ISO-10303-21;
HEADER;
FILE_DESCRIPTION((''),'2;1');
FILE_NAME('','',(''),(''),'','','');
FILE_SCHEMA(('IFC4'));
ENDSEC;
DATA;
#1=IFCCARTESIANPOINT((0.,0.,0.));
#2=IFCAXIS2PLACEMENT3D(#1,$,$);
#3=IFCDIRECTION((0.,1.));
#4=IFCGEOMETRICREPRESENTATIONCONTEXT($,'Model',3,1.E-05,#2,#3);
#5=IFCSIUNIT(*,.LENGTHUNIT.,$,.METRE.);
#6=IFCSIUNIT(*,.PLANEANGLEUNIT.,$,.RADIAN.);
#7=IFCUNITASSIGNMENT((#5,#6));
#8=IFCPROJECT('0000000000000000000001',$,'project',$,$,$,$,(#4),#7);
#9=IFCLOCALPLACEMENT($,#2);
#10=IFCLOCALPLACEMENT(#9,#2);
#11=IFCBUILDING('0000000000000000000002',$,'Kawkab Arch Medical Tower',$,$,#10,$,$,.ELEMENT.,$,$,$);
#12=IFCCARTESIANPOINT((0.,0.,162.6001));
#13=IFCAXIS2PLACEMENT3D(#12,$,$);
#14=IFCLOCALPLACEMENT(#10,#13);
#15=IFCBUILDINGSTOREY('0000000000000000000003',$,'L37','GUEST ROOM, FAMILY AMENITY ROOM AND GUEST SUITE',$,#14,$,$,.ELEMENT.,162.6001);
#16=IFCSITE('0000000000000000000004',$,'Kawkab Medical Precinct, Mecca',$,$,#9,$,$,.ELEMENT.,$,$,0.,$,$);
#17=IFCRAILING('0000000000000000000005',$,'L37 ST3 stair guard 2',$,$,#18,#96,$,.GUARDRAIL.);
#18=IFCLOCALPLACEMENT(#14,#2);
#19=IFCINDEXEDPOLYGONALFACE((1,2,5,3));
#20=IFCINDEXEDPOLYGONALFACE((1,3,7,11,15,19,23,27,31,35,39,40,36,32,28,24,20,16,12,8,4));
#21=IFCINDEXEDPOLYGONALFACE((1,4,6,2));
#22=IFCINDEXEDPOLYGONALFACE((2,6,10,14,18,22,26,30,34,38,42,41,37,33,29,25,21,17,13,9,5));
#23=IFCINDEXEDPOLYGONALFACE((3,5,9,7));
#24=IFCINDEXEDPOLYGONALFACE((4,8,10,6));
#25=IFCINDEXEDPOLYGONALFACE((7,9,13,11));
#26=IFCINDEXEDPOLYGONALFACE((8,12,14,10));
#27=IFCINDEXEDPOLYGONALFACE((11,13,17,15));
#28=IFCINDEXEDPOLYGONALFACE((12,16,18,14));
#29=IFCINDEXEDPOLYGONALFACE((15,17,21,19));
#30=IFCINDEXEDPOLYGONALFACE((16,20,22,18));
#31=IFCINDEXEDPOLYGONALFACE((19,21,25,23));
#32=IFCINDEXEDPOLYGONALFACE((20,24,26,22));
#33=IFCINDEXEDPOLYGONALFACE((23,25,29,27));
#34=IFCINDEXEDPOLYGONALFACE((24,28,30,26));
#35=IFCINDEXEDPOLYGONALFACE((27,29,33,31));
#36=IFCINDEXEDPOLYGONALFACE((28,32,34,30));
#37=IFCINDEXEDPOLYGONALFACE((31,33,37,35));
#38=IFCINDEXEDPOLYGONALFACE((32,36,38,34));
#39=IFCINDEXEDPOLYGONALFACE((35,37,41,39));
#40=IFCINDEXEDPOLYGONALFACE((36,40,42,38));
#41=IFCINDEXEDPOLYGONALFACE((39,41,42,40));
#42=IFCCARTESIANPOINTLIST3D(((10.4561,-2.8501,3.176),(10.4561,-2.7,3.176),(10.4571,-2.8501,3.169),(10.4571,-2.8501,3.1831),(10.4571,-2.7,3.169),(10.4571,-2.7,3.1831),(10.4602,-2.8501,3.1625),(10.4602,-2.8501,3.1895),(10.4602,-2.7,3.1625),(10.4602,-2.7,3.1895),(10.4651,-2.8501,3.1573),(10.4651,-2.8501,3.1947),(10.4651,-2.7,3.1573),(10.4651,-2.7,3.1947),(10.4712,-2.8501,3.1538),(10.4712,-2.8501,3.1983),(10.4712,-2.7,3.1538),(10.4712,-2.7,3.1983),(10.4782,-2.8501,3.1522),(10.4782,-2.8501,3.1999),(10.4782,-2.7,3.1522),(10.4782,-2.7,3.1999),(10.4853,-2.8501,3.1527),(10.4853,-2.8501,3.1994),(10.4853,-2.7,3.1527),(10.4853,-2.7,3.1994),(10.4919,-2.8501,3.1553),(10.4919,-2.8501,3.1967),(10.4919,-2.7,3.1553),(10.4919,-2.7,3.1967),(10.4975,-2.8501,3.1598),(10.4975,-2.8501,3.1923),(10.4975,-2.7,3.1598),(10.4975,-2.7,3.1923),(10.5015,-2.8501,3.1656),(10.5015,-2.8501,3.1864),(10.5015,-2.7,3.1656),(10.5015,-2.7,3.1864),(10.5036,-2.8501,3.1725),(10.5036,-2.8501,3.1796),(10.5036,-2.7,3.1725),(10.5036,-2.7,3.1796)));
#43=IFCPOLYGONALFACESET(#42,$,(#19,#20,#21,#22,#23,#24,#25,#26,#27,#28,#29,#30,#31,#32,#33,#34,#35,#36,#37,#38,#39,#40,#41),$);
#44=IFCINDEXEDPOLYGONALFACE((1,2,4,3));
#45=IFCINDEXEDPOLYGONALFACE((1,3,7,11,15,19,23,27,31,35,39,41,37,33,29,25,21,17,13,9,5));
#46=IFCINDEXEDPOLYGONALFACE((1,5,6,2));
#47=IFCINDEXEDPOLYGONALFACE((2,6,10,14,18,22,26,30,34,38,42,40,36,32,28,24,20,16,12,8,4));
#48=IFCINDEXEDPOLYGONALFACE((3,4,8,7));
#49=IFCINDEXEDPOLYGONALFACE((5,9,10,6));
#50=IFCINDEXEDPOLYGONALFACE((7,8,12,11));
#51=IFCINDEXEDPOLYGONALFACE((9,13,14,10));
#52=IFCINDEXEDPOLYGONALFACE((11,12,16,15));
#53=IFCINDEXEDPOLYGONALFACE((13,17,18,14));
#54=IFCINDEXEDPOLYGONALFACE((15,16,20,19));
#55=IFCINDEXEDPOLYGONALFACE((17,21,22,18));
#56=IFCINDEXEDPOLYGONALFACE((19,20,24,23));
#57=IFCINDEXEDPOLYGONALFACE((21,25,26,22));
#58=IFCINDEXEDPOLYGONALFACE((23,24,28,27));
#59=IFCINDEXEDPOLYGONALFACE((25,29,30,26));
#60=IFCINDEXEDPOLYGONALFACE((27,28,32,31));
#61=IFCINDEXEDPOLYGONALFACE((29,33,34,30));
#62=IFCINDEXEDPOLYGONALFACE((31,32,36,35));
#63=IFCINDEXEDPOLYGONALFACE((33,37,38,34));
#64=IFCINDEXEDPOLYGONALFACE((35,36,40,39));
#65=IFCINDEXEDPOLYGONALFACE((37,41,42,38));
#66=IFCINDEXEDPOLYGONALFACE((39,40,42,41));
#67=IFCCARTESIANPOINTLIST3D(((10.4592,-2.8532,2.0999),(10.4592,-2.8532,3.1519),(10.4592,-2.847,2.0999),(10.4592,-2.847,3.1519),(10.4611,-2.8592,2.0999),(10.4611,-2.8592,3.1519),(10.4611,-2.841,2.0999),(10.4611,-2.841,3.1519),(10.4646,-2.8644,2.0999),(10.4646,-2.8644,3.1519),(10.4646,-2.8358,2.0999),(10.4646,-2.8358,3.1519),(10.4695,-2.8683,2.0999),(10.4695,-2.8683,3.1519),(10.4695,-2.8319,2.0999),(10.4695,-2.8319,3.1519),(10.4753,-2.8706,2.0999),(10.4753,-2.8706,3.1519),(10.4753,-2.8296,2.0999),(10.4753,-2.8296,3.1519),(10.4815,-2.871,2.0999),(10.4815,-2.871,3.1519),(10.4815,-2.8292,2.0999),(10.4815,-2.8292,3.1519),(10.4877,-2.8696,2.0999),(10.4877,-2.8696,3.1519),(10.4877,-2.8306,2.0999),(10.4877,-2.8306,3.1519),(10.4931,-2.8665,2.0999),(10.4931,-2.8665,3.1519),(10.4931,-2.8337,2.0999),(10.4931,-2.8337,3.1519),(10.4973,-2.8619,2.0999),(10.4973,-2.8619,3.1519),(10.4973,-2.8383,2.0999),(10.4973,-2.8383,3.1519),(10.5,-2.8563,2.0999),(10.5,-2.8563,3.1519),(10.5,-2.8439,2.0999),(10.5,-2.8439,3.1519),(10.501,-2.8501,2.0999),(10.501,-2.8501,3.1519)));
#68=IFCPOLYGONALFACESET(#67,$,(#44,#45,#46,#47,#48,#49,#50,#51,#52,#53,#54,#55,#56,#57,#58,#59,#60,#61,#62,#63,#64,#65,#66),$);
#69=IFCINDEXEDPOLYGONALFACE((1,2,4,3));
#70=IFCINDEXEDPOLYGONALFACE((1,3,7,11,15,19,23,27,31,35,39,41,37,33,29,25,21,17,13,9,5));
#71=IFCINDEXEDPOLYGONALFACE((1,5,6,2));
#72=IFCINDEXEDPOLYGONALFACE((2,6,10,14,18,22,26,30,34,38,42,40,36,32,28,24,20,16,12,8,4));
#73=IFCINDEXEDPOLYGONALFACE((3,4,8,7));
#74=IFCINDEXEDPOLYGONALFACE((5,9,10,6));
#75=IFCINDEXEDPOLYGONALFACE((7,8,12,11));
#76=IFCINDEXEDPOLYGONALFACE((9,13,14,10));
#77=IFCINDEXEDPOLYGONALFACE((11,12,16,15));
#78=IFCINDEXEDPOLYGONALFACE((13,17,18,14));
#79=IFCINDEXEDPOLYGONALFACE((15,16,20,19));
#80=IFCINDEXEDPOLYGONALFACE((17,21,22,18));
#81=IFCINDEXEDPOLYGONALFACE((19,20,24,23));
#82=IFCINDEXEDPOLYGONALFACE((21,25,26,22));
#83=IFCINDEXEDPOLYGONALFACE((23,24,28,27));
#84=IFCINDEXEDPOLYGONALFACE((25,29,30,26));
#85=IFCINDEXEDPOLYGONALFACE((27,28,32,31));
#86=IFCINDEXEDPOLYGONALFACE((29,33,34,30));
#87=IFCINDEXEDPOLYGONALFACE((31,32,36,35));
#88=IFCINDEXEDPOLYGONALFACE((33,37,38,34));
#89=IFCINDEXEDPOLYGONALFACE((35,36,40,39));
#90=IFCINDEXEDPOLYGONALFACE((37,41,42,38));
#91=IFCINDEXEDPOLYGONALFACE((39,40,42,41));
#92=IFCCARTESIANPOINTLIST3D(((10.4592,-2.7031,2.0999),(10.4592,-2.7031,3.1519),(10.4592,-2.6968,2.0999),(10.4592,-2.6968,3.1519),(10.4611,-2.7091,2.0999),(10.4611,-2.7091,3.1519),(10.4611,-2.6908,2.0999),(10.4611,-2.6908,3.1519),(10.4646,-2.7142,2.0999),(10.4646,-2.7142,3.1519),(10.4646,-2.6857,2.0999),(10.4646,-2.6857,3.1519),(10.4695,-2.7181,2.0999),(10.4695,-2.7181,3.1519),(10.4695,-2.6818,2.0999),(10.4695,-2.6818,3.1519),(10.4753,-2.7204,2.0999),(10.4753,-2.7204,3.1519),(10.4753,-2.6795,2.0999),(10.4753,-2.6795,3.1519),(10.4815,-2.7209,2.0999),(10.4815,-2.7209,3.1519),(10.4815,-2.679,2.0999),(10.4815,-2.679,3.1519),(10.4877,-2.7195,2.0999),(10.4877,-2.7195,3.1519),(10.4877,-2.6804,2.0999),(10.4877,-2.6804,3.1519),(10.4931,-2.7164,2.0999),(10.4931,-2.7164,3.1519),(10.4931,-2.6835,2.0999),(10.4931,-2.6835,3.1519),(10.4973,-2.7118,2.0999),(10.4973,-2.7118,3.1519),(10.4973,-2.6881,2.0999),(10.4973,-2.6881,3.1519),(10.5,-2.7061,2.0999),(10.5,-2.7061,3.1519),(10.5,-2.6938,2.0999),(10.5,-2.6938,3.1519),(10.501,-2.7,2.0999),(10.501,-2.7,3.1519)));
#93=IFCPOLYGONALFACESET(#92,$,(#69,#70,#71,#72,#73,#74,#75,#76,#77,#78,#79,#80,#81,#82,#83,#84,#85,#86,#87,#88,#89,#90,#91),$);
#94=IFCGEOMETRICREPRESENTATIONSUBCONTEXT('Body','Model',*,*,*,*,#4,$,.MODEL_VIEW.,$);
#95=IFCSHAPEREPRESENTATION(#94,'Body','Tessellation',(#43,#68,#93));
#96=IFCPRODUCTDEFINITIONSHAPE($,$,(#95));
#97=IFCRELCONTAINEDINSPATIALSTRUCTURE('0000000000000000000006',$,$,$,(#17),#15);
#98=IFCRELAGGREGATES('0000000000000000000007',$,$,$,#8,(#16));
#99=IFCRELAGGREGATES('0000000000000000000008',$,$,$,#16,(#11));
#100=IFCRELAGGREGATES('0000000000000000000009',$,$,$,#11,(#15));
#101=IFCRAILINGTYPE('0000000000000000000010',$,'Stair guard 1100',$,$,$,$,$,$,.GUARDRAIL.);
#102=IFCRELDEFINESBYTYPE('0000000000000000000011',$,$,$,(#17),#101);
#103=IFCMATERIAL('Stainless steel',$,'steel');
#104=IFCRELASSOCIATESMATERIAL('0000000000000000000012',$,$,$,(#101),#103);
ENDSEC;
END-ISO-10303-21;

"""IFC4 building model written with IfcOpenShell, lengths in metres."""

from ifc_helpers import new_model, si_unit, direction, frame, origin, origin_2d, place, context, subcontext, project, spatial, circle, extrude, material, type_object, element, save


model = new_model("IFC4")

# Units and contexts
model_context = context("Model", 3, precision=1e-05, world=origin(), true_north=direction((0.0, 1.0)))
body_context = subcontext(model_context, "Body", "Model", "MODEL_VIEW")
ifc_project = project(units=[si_unit("LENGTHUNIT", "METRE"), si_unit("PLANEANGLEUNIT", "RADIAN")], contexts=[model_context])

# Site, building, storey
site_placement = place(None, origin())
site = spatial("IfcSite", under=ifc_project, at=site_placement, Name="Kawkab Medical Precinct, Mecca", CompositionType="ELEMENT", RefElevation=0.0)
building_placement = place(site_placement, origin())
building = spatial("IfcBuilding", under=site, at=building_placement, Name="Kawkab Arch Medical Tower", CompositionType="ELEMENT")
storey_placement = place(building_placement, frame((0.0, 0.0, 162.6001)))
storey = spatial("IfcBuildingStorey", under=building, at=storey_placement, Name="L37", Description="GUEST ROOM, FAMILY AMENITY ROOM AND GUEST SUITE", CompositionType="ELEMENT", Elevation=162.6001)

# Railing
ifc_material_1 = material(Name="Stainless steel", Category="steel")
railing_type_1 = type_object("IfcRailingType", Name="Stair guard 1100", PredefinedType="GUARDRAIL", material=ifc_material_1)
railing_1_placement = place(storey_placement, frame((10.48, -2.8501, 2.0999)))
element("IfcRailing", 1, at=railing_1_placement, inside=storey, type_object=railing_type_1, Name="L37 ST3 stair guard 2", PredefinedType="GUARDRAIL", context=body_context, shape_type="SweptSolid", body=[
    extrude(circle(Radius=0.0239, at=origin_2d()), frame((0.0, 0.0, 1.0762), z_axis=(0.0, 1.0, 0.0), x_axis=(-1.0, 0.0, 0.0)), (0.0, 0.0, 1.0), 0.1501),
    extrude(circle(Radius=0.021, at=origin_2d()), origin(), (0.0, 0.0, 1.0), 1.052),
    extrude(circle(Radius=0.021, at=origin_2d()), frame((0.0, 0.1501, 0.0)), (0.0, 0.0, 1.0), 1.052),
])

save(model, "model.ifc")
